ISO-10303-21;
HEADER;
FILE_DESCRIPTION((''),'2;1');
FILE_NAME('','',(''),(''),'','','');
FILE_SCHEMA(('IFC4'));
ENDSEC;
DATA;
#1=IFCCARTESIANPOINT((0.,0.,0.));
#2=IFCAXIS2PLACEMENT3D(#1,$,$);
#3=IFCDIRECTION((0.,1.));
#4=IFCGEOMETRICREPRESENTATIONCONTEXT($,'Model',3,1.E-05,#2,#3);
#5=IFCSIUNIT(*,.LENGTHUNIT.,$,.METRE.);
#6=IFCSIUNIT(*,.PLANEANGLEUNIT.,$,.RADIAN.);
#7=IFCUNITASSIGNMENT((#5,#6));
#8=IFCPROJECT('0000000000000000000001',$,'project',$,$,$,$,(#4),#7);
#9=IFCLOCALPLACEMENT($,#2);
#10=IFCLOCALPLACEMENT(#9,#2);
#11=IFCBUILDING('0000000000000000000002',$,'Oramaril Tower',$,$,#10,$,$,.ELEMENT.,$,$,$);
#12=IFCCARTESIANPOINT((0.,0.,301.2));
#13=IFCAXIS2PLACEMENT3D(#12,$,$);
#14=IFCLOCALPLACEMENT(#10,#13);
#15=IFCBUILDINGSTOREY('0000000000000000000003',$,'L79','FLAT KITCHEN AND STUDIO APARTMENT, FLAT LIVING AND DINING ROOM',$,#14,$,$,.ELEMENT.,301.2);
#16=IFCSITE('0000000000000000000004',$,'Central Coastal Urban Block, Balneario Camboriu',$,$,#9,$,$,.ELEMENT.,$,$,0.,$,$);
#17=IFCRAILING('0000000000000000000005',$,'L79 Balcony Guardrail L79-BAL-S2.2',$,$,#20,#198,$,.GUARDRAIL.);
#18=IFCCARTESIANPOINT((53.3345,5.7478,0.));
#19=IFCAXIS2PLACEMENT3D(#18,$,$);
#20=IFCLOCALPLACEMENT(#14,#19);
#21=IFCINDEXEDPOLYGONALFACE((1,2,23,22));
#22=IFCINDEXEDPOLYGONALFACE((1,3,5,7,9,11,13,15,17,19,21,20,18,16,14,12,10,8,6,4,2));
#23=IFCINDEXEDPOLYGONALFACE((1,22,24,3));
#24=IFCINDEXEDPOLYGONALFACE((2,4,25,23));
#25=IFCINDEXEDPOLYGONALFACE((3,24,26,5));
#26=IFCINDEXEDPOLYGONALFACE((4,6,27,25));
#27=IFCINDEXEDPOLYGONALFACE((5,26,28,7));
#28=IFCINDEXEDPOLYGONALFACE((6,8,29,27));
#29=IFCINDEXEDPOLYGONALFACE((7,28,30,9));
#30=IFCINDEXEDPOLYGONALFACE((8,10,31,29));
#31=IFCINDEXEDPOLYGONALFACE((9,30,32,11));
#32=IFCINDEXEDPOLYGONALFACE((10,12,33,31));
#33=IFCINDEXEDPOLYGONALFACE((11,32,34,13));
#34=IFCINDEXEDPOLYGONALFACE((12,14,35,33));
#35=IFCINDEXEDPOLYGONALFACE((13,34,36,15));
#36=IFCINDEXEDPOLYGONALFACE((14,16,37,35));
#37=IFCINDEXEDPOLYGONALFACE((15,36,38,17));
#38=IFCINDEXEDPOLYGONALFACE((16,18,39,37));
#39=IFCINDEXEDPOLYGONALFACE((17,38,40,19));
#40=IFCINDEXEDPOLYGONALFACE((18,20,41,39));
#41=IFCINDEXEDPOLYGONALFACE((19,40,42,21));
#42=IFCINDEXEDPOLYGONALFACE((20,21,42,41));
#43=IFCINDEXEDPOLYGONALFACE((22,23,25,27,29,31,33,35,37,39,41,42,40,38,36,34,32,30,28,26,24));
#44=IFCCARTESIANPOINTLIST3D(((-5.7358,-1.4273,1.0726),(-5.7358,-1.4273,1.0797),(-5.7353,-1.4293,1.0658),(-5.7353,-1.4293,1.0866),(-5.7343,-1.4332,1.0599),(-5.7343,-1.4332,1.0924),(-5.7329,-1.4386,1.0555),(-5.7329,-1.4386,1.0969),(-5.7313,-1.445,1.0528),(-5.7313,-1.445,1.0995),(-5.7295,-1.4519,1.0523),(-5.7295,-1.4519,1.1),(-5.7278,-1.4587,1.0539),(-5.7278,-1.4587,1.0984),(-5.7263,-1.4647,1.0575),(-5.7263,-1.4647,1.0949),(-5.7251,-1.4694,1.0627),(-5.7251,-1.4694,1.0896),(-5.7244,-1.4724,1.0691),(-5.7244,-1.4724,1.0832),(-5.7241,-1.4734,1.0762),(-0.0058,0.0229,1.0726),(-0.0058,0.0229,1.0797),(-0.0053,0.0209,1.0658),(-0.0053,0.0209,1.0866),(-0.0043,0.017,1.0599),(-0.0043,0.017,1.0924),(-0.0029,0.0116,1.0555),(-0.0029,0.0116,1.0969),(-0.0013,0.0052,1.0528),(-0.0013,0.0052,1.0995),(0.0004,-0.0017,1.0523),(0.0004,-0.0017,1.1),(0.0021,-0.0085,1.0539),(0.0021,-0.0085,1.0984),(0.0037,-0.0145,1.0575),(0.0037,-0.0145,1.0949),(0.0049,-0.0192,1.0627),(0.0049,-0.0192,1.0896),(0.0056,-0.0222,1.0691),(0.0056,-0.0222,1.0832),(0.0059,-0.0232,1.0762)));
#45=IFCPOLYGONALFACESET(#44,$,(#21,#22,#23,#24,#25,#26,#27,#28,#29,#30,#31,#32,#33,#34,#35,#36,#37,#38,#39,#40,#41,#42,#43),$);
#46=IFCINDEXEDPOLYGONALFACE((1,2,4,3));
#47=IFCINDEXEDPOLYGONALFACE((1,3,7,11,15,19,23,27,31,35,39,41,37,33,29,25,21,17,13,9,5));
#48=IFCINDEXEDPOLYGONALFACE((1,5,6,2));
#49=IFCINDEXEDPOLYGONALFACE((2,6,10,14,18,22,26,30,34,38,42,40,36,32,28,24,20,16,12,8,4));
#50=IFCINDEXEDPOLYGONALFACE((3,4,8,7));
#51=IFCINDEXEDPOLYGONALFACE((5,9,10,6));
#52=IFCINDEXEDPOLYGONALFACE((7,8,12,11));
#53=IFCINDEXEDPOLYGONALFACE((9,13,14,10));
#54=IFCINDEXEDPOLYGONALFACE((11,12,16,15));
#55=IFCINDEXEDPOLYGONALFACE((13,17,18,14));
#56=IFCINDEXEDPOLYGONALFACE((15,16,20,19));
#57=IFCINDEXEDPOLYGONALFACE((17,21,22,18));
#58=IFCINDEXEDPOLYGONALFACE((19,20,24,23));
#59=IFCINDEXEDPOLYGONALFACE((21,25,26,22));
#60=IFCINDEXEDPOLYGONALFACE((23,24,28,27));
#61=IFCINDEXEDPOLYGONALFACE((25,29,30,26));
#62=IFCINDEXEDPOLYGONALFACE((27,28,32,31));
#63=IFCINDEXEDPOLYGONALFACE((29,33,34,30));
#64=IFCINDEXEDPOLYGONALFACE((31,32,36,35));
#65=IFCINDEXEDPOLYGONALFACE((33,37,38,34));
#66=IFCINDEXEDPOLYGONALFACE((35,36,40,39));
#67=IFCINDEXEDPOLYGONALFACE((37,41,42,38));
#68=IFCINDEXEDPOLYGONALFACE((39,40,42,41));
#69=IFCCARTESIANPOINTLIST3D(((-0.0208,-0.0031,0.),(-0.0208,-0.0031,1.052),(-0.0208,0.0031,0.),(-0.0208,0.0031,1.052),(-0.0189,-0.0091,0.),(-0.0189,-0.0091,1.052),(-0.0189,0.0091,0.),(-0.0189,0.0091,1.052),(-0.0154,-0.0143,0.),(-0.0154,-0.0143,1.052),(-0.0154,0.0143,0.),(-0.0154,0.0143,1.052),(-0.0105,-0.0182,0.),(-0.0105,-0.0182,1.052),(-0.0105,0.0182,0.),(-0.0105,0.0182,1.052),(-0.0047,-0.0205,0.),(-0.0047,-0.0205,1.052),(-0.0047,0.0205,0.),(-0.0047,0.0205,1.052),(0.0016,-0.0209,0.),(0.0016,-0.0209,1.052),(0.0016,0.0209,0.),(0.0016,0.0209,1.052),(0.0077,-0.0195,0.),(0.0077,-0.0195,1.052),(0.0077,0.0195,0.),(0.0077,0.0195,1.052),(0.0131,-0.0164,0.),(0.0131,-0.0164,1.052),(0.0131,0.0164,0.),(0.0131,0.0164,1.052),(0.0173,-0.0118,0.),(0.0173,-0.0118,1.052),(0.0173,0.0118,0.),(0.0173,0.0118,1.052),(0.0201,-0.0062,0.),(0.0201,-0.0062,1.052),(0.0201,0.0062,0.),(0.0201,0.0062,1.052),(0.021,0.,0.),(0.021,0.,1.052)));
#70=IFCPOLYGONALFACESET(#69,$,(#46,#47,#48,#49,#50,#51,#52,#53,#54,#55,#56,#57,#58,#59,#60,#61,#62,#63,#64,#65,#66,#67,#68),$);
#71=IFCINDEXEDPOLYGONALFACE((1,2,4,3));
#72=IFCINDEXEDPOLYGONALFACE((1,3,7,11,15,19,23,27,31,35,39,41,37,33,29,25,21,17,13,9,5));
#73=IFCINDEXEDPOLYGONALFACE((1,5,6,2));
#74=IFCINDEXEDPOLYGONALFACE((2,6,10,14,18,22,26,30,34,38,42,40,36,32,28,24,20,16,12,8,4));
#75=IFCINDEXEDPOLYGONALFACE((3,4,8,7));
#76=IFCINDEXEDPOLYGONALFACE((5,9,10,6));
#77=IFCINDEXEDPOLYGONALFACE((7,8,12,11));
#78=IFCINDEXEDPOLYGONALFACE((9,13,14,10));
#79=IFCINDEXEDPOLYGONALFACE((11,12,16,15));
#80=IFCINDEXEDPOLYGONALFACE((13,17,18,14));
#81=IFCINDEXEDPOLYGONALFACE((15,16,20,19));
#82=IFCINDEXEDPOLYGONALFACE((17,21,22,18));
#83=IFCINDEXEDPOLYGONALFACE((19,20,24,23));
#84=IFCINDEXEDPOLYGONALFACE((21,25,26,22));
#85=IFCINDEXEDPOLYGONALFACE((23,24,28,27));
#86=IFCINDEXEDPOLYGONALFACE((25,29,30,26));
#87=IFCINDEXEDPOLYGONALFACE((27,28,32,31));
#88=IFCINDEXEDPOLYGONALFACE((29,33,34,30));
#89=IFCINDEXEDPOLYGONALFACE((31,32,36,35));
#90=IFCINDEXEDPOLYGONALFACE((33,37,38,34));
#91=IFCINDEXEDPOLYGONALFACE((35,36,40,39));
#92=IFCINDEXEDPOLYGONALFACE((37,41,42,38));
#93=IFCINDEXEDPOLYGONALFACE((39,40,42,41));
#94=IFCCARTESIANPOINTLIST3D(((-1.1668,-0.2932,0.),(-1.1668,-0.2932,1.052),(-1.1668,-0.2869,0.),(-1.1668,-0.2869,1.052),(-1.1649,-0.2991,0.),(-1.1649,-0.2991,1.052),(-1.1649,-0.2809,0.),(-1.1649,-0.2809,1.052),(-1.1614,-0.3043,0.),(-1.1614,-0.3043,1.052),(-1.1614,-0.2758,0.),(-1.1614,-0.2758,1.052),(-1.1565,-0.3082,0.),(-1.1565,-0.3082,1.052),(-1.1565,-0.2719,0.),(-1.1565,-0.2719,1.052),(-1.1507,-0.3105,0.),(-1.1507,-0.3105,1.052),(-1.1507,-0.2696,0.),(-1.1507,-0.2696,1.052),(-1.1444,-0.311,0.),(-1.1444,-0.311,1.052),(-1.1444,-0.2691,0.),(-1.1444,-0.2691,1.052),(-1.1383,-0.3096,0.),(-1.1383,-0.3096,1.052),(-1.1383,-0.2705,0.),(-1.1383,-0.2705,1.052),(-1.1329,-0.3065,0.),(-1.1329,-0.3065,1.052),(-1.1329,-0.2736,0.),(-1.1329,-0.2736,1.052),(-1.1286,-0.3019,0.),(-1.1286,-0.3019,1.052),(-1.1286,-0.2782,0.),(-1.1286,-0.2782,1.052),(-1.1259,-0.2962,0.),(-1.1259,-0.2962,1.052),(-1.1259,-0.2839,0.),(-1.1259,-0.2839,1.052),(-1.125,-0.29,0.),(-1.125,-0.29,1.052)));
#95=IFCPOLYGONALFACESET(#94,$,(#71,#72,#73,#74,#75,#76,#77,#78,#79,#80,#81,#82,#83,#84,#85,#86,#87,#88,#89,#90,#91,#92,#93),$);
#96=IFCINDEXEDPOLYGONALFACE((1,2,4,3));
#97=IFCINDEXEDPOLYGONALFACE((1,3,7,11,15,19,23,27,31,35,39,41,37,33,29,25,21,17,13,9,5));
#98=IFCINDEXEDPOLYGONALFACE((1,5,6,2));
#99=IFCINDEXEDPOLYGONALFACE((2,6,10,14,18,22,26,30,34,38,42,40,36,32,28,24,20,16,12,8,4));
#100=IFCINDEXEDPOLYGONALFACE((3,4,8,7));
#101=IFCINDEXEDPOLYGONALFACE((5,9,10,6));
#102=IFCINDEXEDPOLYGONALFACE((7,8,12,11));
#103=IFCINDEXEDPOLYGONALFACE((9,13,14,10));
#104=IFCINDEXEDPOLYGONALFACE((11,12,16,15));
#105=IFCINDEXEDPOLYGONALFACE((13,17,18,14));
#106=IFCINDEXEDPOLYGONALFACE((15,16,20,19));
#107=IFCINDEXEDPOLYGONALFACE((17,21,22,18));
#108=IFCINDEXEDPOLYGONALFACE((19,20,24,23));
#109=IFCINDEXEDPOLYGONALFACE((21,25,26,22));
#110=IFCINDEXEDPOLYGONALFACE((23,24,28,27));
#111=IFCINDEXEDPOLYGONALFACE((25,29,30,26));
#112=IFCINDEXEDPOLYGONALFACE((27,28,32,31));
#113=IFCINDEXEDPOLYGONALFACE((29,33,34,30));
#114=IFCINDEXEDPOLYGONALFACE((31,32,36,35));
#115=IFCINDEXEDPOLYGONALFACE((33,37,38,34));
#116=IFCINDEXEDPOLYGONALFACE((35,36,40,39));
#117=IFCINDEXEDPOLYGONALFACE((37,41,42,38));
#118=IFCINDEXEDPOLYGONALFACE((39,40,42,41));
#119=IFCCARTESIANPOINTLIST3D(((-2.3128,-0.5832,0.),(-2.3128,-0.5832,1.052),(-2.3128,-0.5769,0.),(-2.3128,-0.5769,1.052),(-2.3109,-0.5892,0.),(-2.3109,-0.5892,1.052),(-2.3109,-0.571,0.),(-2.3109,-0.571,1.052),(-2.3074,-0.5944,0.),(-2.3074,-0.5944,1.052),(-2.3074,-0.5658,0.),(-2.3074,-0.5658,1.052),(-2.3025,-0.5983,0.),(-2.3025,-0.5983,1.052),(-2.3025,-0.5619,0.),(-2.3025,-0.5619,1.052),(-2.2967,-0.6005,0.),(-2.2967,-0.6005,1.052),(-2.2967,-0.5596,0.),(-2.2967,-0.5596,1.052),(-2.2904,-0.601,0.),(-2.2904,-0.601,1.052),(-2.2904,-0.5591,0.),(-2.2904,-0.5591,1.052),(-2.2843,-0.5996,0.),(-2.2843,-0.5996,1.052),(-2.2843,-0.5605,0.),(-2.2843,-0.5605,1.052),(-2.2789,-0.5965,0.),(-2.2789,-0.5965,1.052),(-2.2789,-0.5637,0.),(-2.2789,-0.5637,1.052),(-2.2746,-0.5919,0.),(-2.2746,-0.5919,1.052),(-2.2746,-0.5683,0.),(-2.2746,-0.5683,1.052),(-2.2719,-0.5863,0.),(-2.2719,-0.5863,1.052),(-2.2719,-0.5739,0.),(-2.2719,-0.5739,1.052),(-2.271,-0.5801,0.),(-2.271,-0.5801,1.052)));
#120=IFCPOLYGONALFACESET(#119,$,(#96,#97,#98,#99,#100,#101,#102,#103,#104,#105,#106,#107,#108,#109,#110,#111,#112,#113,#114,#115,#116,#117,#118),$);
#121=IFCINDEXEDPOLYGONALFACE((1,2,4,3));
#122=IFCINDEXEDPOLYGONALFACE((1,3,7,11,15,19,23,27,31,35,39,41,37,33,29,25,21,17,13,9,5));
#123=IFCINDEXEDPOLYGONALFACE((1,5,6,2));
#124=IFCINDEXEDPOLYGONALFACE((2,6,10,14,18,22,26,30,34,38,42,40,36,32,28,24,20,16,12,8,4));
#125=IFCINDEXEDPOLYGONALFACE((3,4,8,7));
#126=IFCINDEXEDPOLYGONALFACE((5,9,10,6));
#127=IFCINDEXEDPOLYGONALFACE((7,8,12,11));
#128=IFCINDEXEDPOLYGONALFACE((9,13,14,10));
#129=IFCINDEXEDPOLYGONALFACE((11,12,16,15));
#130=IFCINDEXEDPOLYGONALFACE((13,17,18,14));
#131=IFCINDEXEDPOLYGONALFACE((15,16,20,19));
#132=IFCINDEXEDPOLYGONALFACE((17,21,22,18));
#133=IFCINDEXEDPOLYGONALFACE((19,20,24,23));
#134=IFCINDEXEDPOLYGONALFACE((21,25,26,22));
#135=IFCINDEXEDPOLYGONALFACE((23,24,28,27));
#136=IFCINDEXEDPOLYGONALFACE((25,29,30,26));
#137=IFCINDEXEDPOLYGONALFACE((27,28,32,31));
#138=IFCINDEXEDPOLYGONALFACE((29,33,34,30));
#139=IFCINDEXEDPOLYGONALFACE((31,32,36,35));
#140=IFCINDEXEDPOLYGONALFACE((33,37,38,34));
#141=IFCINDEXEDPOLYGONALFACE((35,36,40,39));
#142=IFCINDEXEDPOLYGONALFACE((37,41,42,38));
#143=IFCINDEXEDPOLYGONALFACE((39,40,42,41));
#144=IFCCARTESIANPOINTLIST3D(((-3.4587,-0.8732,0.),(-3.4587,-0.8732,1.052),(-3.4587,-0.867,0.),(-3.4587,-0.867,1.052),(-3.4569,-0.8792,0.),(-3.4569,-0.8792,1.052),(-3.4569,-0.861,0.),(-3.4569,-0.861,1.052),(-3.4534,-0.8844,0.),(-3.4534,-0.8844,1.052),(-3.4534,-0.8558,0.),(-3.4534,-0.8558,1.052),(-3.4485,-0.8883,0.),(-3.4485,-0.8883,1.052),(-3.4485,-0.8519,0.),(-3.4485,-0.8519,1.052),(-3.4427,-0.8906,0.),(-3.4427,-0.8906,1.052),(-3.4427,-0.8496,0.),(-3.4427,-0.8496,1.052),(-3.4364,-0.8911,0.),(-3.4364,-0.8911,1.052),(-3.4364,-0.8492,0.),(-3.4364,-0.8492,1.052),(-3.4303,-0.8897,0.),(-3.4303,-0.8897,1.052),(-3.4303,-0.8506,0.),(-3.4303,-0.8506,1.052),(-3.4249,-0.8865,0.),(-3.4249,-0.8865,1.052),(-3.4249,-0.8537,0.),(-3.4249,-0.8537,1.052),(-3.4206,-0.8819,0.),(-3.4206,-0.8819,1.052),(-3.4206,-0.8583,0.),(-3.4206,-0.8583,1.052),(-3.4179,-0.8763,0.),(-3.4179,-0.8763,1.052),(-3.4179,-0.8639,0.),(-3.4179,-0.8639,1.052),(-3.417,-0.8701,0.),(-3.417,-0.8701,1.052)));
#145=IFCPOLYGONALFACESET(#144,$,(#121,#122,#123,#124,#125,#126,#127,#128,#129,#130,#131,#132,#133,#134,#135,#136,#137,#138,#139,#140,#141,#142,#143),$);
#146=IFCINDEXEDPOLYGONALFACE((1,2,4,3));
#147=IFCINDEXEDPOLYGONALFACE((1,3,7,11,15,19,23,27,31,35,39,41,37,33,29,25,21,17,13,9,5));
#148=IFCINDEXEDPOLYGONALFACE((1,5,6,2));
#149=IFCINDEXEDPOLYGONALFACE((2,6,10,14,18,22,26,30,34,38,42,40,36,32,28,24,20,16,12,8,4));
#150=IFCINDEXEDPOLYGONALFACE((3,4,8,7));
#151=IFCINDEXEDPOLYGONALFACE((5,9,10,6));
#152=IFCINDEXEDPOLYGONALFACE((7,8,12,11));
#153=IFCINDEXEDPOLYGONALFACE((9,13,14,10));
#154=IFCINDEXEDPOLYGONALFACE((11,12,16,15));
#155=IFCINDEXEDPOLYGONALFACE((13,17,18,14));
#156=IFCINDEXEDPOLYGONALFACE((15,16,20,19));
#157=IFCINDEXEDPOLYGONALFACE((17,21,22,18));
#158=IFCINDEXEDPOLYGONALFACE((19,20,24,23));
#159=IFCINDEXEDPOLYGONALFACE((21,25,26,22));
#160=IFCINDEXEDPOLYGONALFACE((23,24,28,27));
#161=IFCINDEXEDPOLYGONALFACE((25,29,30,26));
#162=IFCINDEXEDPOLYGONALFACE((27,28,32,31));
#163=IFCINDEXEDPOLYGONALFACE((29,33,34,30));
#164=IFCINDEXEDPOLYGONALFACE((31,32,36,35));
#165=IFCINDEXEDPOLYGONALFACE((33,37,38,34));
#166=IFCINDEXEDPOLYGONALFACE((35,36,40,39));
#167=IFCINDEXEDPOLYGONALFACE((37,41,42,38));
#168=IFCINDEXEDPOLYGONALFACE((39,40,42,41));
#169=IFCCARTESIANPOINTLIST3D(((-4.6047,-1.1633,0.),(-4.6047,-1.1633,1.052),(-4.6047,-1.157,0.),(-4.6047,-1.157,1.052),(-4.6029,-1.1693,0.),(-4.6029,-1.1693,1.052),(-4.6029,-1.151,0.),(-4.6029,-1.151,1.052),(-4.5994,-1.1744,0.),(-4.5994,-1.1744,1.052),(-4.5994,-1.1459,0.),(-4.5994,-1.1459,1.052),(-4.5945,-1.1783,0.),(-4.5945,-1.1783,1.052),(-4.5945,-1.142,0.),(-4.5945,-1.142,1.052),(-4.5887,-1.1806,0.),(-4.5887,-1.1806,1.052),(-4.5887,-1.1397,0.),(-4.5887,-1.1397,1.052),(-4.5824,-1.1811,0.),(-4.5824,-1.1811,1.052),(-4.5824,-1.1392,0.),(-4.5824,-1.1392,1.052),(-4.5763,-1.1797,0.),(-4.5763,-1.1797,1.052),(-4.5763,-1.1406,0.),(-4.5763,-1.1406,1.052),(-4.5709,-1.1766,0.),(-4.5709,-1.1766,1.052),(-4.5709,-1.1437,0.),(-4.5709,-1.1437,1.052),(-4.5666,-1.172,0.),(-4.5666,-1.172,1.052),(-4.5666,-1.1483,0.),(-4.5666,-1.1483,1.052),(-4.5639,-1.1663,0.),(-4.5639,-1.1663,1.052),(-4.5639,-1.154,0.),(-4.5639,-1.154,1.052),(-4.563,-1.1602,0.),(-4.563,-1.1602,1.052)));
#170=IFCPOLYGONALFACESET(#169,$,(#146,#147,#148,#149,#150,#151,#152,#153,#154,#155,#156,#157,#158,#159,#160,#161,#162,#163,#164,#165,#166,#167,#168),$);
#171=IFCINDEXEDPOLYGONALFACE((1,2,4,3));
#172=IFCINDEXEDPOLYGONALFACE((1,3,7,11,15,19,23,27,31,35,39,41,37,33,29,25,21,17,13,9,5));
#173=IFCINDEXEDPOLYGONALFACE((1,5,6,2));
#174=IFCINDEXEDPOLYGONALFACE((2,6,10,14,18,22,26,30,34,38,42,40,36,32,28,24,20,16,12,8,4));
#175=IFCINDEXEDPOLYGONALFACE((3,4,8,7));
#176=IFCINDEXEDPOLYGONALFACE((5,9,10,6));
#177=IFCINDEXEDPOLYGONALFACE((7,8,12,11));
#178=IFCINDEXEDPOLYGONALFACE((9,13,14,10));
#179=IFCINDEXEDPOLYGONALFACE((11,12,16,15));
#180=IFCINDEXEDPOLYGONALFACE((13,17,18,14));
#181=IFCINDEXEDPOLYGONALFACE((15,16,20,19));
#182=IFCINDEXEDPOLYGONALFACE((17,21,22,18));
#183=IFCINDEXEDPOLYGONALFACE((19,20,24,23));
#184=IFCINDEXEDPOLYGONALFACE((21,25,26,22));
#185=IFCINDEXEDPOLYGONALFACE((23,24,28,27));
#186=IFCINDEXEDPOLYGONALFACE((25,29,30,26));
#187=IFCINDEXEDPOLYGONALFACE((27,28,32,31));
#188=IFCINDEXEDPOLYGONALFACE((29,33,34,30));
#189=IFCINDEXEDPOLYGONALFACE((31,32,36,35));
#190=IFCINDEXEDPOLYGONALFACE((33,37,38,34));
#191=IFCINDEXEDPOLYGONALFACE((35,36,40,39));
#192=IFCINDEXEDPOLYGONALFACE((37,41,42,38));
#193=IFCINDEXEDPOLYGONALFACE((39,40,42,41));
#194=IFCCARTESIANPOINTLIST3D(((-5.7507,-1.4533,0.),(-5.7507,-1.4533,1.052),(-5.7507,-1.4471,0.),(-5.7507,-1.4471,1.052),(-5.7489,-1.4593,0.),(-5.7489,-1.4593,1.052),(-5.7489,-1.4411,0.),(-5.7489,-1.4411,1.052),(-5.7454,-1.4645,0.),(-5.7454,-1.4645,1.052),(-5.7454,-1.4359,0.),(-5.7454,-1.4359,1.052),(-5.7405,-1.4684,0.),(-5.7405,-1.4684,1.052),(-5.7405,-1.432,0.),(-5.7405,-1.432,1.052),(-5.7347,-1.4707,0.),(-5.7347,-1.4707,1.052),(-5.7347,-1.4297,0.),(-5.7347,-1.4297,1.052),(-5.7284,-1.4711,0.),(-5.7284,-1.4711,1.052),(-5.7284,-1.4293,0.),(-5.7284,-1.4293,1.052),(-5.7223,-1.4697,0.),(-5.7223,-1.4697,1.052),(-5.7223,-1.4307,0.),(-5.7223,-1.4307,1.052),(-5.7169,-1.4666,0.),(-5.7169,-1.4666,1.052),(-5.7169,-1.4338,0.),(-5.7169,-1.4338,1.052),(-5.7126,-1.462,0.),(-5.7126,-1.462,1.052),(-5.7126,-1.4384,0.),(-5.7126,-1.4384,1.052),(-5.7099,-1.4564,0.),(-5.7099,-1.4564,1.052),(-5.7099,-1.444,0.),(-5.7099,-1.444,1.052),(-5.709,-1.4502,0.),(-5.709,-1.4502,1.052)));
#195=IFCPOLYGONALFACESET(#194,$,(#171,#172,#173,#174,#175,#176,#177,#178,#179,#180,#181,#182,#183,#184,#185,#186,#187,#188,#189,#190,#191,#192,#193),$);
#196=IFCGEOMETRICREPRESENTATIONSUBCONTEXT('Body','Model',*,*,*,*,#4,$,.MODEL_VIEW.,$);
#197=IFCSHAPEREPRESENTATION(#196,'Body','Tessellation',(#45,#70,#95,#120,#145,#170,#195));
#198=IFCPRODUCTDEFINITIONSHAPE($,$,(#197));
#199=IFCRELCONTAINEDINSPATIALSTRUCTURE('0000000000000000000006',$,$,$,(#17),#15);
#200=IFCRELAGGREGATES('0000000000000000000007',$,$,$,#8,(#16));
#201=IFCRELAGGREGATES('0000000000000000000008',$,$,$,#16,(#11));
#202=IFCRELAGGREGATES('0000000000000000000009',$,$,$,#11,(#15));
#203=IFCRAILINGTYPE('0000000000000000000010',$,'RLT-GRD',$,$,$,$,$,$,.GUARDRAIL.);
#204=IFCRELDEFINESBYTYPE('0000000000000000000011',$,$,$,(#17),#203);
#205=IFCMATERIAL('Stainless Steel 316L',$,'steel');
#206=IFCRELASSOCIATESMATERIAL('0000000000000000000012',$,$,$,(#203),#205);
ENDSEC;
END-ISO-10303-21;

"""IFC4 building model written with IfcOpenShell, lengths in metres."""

from ifc_helpers import new_model, si_unit, direction, frame, origin, origin_2d, place, context, subcontext, project, spatial, circle, extrude, material, type_object, element, save


model = new_model("IFC4")

# Units and contexts
model_context = context("Model", 3, precision=1e-05, world=origin(), true_north=direction((0.0, 1.0)))
body_context = subcontext(model_context, "Body", "Model", "MODEL_VIEW")
ifc_project = project(units=[si_unit("LENGTHUNIT", "METRE"), si_unit("PLANEANGLEUNIT", "RADIAN")], contexts=[model_context])

# Site, building, storey
site_placement = place(None, origin())
site = spatial("IfcSite", under=ifc_project, at=site_placement, Name="Central Coastal Urban Block, Balneario Camboriu", CompositionType="ELEMENT", RefElevation=0.0)
building_placement = place(site_placement, origin())
building = spatial("IfcBuilding", under=site, at=building_placement, Name="Oramaril Tower", CompositionType="ELEMENT")
storey_placement = place(building_placement, frame((0.0, 0.0, 301.2)))
storey = spatial("IfcBuildingStorey", under=building, at=storey_placement, Name="L79", Description="FLAT KITCHEN AND STUDIO APARTMENT, FLAT LIVING AND DINING ROOM", CompositionType="ELEMENT", Elevation=301.2)

# Railing
ifc_material_1 = material(Name="Stainless Steel 316L", Category="steel")
railing_type = type_object("IfcRailingType", Name="RLT-GRD", PredefinedType="GUARDRAIL", material=ifc_material_1)
railing_1_placement = place(storey_placement, frame((53.3345, 5.7478, 0.0)))
element("IfcRailing", 1, at=railing_1_placement, inside=storey, type_object=railing_type, Name="L79 Balcony Guardrail L79-BAL-S2.2", PredefinedType="GUARDRAIL", context=body_context, shape_type="SweptSolid", body=[
    extrude(circle(Radius=0.0239, at=origin_2d()), frame((0.0, 0.0, 1.0762), z_axis=(-0.969434, -0.245353, 0.0), x_axis=(0.245353, -0.969434, 0.0)), (0.0, 0.0, 1.0), 5.9106),
    extrude(circle(Radius=0.021, at=origin_2d()), origin(), (0.0, 0.0, 1.0), 1.052),
    extrude(circle(Radius=0.021, at=origin_2d()), frame((-1.146, -0.29, 0.0)), (0.0, 0.0, 1.0), 1.052),
    extrude(circle(Radius=0.021, at=origin_2d()), frame((-2.292, -0.5801, 0.0)), (0.0, 0.0, 1.0), 1.052),
    extrude(circle(Radius=0.021, at=origin_2d()), frame((-3.438, -0.8701, 0.0)), (0.0, 0.0, 1.0), 1.052),
    extrude(circle(Radius=0.021, at=origin_2d()), frame((-4.584, -1.1602, 0.0)), (0.0, 0.0, 1.0), 1.052),
    extrude(circle(Radius=0.021, at=origin_2d()), frame((-5.73, -1.4502, 0.0)), (0.0, 0.0, 1.0), 1.052),
])

save(model, "model.ifc")
